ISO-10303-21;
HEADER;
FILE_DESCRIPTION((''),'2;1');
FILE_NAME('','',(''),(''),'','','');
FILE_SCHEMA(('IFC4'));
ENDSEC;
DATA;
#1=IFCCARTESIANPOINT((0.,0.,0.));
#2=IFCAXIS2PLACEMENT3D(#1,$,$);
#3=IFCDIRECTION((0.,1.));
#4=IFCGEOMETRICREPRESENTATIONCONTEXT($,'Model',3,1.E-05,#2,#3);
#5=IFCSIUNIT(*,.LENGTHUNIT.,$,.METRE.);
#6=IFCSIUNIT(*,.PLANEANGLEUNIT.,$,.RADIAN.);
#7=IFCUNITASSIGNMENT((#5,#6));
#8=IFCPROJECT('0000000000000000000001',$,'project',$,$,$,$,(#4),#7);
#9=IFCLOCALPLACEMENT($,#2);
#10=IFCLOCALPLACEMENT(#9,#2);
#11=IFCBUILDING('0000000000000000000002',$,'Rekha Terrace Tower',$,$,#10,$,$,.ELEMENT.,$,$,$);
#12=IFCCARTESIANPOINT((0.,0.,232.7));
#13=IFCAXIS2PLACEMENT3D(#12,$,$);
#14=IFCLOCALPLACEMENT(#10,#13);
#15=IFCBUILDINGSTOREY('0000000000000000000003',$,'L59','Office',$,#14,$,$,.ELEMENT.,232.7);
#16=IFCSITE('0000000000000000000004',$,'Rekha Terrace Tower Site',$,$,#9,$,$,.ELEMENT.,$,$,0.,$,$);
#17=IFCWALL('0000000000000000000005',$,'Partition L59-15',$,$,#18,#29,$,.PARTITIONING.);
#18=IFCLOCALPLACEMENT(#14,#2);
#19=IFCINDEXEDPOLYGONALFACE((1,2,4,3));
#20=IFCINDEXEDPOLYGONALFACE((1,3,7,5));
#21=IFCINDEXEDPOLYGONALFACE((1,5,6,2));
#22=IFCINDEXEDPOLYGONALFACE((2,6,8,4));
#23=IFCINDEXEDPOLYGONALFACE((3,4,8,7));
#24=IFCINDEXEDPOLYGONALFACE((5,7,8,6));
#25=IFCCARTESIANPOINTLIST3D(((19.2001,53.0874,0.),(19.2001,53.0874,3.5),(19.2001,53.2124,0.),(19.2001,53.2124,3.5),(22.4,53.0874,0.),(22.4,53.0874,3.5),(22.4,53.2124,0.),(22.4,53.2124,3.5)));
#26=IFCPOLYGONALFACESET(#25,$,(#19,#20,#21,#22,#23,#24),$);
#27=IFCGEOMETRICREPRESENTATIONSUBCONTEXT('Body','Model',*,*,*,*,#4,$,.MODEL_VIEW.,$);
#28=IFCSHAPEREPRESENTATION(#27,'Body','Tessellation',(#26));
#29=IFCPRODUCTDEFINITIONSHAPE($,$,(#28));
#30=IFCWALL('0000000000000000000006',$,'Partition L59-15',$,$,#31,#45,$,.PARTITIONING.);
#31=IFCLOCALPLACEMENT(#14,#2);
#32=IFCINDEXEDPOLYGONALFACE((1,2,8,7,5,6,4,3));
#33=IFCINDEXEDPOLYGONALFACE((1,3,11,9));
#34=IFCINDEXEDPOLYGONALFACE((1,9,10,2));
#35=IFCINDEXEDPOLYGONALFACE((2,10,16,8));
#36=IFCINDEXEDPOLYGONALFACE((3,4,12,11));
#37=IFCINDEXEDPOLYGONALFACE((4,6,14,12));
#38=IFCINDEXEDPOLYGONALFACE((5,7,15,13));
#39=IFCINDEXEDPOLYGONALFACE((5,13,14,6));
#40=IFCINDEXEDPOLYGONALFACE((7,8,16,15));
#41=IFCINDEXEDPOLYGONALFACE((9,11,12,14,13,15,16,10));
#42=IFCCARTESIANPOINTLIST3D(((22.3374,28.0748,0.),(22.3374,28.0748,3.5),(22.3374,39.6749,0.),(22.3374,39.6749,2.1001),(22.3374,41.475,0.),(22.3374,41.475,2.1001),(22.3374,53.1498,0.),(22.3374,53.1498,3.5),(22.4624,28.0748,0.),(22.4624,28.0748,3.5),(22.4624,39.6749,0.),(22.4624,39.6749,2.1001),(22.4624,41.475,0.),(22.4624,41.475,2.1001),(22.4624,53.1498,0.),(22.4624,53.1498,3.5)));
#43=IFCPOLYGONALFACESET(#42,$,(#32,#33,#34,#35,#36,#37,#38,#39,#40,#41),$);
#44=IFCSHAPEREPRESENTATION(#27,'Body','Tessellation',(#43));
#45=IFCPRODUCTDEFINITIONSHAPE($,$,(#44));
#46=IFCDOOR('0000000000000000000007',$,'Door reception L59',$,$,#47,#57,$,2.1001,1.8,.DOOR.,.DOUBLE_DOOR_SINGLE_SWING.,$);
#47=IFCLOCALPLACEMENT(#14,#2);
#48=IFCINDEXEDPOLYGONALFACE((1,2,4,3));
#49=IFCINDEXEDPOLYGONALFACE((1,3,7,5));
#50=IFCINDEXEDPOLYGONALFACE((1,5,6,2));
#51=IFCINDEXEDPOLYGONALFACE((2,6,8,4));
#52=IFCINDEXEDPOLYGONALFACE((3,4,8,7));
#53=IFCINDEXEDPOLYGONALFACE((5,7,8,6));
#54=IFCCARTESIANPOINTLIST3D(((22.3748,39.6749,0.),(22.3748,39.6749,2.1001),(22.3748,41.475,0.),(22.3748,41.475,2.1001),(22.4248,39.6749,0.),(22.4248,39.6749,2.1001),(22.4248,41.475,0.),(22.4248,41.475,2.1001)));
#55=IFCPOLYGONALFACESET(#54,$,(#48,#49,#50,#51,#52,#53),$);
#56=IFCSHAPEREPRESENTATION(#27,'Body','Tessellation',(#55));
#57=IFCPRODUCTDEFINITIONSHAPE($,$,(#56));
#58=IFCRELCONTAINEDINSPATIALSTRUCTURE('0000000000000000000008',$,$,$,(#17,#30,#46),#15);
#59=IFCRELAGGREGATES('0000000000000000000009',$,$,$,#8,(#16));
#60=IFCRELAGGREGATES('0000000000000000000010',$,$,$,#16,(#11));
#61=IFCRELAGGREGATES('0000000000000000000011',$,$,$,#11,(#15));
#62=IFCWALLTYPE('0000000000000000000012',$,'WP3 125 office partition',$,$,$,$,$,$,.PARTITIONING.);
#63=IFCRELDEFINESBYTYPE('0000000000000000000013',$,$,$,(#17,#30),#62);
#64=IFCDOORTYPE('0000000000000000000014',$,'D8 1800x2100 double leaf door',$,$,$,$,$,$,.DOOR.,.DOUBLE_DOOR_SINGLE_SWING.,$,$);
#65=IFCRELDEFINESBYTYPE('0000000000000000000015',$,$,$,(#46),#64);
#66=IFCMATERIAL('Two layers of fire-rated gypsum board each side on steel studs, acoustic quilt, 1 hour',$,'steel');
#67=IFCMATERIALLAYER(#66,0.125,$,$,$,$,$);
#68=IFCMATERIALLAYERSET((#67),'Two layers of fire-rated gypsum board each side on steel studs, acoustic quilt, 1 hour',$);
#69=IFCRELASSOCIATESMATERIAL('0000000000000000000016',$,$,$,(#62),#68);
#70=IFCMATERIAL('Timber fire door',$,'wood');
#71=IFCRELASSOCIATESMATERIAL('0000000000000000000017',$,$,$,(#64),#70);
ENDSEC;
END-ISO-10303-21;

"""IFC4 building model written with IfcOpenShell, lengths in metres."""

from ifc_helpers import new_model, si_unit, direction, frame, frame_2d, origin, place, context, subcontext, project, spatial, rectangle, extrude, material, layer, layer_set, type_object, element, fill, save


model = new_model("IFC4")

# Units and contexts
model_context = context("Model", 3, precision=1e-05, world=origin(), true_north=direction((0.0, 1.0)))
body_context = subcontext(model_context, "Body", "Model", "MODEL_VIEW")
ifc_project = project(units=[si_unit("LENGTHUNIT", "METRE"), si_unit("PLANEANGLEUNIT", "RADIAN")], contexts=[model_context])

# Site, building, storey
site_placement = place(None, origin())
site = spatial("IfcSite", under=ifc_project, at=site_placement, Name="Rekha Terrace Tower Site", CompositionType="ELEMENT", RefElevation=0.0)
building_placement = place(site_placement, origin())
building = spatial("IfcBuilding", under=site, at=building_placement, Name="Rekha Terrace Tower", CompositionType="ELEMENT")
storey_placement = place(building_placement, frame((0.0, 0.0, 232.7)))
storey = spatial("IfcBuildingStorey", under=building, at=storey_placement, Name="L59", Description="Office", CompositionType="ELEMENT", Elevation=232.7)

# Shared definitions
ifc_material_1 = material(Name="Two layers of fire-rated gypsum board each side on steel studs, acoustic quilt, 1 hour", Category="steel")
ifc_layer_1 = layer(ifc_material_1, 0.125)
ifc_layer_set_1 = layer_set([ifc_layer_1], Name="Two layers of fire-rated gypsum board each side on steel studs, acoustic quilt, 1 hour")
wall_type_1 = type_object("IfcWallType", Name="WP3 125 office partition", PredefinedType="PARTITIONING", material=ifc_layer_set_1)
ifc_material_2 = material(Name="Timber fire door", Category="wood")

# Wall
wall_1_placement = place(storey_placement, frame((19.2, 53.1499, 0.0), z_axis=(0.0, 0.0, 1.0), x_axis=(1.0, 0.0, 0.0)))
element("IfcWall", 1, at=wall_1_placement, inside=storey, type_object=wall_type_1, Name="Partition L59-15", PredefinedType="PARTITIONING", context=body_context, shape_type="SweptSolid", body=[
    extrude(rectangle(XDim=3.2, YDim=0.125, at=frame_2d((1.6001, 0.0))), origin(), (0.0, 0.0, 1.0), 3.5),
])

# Wall, opening, door
wall_2_placement = place(storey_placement, frame((22.3999, 53.1499, 0.0), z_axis=(0.0, 0.0, 1.0), x_axis=(0.0, -1.0, 0.0)))
wall_2 = element("IfcWall", 2, at=wall_2_placement, inside=storey, type_object=wall_type_1, Name="Partition L59-15", PredefinedType="PARTITIONING", context=body_context, shape_type="SweptSolid", body=[
    extrude(rectangle(XDim=25.075, YDim=0.125, at=frame_2d((12.5376, 0.0))), origin(), (0.0, 0.0, 1.0), 3.5),
])
opening_1_placement = place(wall_2_placement, frame((11.675, 0.0, 0.0)))
opening_1 = element("IfcOpeningElement", 3, at=opening_1_placement, cuts=wall_2, PredefinedType="OPENING", context=body_context, shape_type="SweptSolid", body=[
    extrude(rectangle(XDim=1.8, YDim=2.1001, at=frame_2d((0.8999, 1.05))), frame((0.0, 0.0725, 0.0), z_axis=(0.0, -1.0, 0.0), x_axis=(1.0, 0.0, 0.0)), (0.0, 0.0, 1.0), 0.145),
])
door_type_1 = type_object("IfcDoorType", Name="D8 1800x2100 double leaf door", OperationType="DOUBLE_DOOR_SINGLE_SWING", PredefinedType="DOOR", material=ifc_material_2)
door_1_placement = place(opening_1_placement, origin())
door_1 = element("IfcDoor", 4, at=door_1_placement, inside=storey, type_object=door_type_1, Name="Door reception L59", OperationType="DOUBLE_DOOR_SINGLE_SWING", OverallHeight=2.1001, OverallWidth=1.8, PredefinedType="DOOR", context=body_context, shape_type="SweptSolid", body=[
    extrude(rectangle(XDim=1.8, YDim=2.1001, at=frame_2d((0.8999, 1.05))), frame((0.0, 0.0249, 0.0), z_axis=(0.0, -1.0, 0.0), x_axis=(1.0, 0.0, 0.0)), (0.0, 0.0, 1.0), 0.05),
])
fill(opening_1, door_1)

save(model, "model.ifc")
